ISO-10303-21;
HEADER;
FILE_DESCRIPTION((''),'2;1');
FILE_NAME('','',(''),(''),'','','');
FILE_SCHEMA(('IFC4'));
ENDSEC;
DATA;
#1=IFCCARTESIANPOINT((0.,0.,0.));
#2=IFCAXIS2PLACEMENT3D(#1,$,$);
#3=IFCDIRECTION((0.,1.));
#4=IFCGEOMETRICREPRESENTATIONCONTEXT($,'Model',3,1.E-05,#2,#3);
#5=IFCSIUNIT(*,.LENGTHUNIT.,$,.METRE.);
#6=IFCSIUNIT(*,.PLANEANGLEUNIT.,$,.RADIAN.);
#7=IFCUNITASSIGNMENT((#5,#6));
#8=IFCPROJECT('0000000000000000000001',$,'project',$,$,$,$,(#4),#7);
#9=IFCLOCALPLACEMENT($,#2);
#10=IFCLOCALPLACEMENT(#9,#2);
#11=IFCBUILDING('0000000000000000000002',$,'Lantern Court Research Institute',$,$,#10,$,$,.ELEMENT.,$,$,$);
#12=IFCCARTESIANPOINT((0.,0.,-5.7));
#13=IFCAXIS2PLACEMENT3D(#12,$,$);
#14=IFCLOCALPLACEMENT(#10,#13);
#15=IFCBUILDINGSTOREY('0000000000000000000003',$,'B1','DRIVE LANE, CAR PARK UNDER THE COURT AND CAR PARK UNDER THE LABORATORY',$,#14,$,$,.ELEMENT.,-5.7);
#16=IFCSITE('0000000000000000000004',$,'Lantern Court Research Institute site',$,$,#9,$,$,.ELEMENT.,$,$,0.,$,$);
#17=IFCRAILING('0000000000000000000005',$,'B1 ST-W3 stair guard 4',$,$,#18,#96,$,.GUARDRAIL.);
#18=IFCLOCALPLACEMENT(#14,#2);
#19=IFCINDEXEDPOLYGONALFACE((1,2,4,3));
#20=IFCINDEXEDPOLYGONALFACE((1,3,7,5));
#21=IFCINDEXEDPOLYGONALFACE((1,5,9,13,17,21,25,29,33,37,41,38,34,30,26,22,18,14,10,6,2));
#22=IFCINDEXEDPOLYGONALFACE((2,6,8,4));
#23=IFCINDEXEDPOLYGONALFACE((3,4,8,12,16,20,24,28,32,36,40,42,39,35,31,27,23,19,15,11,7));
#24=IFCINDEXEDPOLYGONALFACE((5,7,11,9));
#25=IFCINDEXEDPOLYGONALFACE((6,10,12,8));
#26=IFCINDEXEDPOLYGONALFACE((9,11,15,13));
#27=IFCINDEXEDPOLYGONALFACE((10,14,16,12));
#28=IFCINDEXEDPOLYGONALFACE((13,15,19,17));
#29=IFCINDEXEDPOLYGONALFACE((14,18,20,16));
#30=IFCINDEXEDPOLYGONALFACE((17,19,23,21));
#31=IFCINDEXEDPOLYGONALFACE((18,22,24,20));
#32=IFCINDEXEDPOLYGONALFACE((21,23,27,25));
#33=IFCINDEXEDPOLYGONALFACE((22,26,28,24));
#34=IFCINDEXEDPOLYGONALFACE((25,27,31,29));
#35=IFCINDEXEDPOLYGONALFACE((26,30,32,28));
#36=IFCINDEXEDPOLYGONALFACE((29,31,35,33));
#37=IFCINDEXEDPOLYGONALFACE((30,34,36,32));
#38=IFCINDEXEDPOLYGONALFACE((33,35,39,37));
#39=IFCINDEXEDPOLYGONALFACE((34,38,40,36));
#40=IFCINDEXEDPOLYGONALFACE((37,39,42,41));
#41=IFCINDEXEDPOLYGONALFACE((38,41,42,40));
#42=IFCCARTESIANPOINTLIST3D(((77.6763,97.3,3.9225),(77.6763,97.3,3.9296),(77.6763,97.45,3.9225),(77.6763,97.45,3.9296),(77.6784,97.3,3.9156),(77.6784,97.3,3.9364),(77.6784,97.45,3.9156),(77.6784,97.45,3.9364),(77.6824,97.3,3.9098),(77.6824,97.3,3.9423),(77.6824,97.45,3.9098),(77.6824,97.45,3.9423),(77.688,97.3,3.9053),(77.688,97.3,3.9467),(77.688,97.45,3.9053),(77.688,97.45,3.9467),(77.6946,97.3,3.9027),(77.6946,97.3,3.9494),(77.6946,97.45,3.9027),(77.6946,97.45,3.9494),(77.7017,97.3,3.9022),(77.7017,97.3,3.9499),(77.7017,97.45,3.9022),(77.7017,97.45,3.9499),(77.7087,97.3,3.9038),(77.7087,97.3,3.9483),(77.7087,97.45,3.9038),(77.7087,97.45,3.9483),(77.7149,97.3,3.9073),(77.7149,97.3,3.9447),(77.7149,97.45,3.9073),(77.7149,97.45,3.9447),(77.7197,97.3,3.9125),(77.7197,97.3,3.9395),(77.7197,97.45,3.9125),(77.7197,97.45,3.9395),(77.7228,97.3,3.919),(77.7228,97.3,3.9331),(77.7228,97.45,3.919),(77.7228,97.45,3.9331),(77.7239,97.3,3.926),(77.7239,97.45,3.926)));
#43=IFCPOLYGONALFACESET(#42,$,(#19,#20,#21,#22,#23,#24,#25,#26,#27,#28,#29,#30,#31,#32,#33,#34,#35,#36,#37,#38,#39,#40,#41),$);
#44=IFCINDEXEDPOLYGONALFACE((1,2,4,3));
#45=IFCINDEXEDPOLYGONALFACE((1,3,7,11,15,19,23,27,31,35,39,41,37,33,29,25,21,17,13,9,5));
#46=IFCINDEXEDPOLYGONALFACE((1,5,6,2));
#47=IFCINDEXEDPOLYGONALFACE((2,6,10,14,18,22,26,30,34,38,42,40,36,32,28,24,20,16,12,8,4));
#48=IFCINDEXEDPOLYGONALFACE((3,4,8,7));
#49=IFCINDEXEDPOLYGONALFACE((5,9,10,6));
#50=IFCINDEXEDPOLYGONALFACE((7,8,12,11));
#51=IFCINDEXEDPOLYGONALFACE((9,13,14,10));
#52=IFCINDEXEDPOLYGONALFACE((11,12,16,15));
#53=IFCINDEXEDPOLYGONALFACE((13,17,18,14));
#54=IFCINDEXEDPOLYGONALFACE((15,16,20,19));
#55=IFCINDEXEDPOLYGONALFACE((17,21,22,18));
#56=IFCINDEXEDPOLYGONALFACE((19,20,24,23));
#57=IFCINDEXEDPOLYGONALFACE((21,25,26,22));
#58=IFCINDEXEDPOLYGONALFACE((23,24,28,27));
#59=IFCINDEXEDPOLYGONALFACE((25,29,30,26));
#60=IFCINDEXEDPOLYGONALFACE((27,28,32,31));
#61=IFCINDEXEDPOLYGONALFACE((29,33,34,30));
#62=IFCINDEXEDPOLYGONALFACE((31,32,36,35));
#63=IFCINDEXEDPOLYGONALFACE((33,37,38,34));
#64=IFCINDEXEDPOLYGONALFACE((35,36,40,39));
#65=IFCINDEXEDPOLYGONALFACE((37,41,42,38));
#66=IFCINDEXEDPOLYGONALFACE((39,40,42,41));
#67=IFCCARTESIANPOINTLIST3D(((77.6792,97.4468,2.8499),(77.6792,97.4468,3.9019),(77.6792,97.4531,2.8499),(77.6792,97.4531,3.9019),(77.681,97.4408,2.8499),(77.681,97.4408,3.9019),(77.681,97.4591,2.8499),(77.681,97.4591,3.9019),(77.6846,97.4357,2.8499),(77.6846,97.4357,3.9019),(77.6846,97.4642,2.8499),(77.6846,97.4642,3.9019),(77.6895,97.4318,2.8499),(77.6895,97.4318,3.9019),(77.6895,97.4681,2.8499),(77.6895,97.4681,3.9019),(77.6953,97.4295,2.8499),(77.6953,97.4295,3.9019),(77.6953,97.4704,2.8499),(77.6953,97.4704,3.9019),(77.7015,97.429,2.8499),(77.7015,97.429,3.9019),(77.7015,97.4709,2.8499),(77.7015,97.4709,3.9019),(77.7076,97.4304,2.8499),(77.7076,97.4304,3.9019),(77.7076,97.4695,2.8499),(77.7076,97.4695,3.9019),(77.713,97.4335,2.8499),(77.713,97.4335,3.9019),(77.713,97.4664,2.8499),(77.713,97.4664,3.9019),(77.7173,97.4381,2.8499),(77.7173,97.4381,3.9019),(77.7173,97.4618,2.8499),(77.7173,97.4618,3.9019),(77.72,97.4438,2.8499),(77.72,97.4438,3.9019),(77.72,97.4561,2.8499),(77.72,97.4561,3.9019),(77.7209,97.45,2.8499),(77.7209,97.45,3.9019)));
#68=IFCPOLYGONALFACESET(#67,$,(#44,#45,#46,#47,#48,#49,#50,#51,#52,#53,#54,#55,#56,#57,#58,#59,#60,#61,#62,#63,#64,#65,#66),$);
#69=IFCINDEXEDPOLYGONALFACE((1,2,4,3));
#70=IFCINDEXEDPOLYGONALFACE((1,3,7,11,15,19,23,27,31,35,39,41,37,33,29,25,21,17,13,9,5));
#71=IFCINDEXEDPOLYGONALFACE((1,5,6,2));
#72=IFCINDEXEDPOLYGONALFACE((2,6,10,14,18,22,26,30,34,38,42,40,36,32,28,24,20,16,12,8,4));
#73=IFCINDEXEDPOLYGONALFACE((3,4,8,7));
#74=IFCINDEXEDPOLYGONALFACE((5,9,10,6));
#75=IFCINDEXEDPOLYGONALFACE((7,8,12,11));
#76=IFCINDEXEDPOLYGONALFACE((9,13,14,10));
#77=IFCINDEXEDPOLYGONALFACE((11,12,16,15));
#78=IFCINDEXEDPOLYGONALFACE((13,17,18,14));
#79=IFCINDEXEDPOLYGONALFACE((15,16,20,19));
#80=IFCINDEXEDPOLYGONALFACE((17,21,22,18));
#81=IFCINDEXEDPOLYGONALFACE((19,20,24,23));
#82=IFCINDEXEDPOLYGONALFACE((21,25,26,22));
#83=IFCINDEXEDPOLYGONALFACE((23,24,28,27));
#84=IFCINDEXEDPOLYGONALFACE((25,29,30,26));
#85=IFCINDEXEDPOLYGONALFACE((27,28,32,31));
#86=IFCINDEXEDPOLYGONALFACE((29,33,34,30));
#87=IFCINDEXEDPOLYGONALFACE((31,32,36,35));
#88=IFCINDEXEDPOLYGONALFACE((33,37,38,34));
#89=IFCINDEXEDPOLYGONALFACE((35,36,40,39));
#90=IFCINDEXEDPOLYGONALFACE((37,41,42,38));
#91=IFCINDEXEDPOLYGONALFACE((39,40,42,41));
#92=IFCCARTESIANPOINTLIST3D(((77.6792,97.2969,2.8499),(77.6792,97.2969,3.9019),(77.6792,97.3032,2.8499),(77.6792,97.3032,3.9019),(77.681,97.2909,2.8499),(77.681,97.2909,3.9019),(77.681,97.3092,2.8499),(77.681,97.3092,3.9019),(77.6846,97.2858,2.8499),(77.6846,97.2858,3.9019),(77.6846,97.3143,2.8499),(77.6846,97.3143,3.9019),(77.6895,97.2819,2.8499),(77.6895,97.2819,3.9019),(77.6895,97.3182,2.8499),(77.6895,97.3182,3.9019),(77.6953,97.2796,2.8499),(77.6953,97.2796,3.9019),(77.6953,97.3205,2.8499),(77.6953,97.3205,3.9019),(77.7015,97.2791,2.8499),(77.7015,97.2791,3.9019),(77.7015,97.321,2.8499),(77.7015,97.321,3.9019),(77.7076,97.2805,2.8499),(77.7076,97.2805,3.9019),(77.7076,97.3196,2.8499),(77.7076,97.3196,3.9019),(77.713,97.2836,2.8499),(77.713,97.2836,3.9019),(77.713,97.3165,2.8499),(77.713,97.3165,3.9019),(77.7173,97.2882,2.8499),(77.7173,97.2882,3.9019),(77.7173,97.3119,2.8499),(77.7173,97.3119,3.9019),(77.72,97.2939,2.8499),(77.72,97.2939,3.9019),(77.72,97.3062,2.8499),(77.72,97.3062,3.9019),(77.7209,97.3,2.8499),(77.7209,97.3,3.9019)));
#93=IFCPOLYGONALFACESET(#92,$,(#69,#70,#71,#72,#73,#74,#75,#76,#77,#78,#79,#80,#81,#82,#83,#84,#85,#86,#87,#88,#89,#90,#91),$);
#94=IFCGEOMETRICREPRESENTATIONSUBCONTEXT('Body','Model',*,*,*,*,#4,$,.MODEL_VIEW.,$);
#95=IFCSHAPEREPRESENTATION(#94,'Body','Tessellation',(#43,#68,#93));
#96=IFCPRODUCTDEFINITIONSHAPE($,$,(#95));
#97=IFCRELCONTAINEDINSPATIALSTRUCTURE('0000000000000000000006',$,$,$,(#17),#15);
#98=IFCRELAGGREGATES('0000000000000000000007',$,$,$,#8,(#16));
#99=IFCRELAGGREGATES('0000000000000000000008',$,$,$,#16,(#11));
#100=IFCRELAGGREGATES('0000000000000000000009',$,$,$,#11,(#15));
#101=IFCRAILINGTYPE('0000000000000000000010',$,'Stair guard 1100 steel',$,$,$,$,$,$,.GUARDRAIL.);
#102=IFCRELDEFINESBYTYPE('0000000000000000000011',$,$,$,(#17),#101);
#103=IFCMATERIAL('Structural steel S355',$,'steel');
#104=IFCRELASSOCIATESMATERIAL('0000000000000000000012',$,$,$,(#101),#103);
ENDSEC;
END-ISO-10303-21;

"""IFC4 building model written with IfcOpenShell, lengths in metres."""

from ifc_helpers import new_model, si_unit, direction, frame, origin, origin_2d, place, context, subcontext, project, spatial, circle, extrude, material, type_object, element, save


model = new_model("IFC4")

# Units and contexts
model_context = context("Model", 3, precision=1e-05, world=origin(), true_north=direction((0.0, 1.0)))
body_context = subcontext(model_context, "Body", "Model", "MODEL_VIEW")
ifc_project = project(units=[si_unit("LENGTHUNIT", "METRE"), si_unit("PLANEANGLEUNIT", "RADIAN")], contexts=[model_context])

# Site, building, storey
site_placement = place(None, origin())
site = spatial("IfcSite", under=ifc_project, at=site_placement, Name="Lantern Court Research Institute site", CompositionType="ELEMENT", RefElevation=0.0)
building_placement = place(site_placement, origin())
building = spatial("IfcBuilding", under=site, at=building_placement, Name="Lantern Court Research Institute", CompositionType="ELEMENT")
storey_placement = place(building_placement, frame((0.0, 0.0, -5.7)))
storey = spatial("IfcBuildingStorey", under=building, at=storey_placement, Name="B1", Description="DRIVE LANE, CAR PARK UNDER THE COURT AND CAR PARK UNDER THE LABORATORY", CompositionType="ELEMENT", Elevation=-5.7)

# Railing
ifc_material_1 = material(Name="Structural steel S355", Category="steel")
railing_type_1 = type_object("IfcRailingType", Name="Stair guard 1100 steel", PredefinedType="GUARDRAIL", material=ifc_material_1)
railing_1_placement = place(storey_placement, frame((77.7, 97.45, 2.8499)))
element("IfcRailing", 1, at=railing_1_placement, inside=storey, type_object=railing_type_1, Name="B1 ST-W3 stair guard 4", PredefinedType="GUARDRAIL", context=body_context, shape_type="SweptSolid", body=[
    extrude(circle(Radius=0.0239, at=origin_2d()), frame((0.0, 0.0, 1.0762), z_axis=(0.0, -1.0, 0.0), x_axis=(1.0, 0.0, 0.0)), (0.0, 0.0, 1.0), 0.1499),
    extrude(circle(Radius=0.021, at=origin_2d()), origin(), (0.0, 0.0, 1.0), 1.052),
    extrude(circle(Radius=0.021, at=origin_2d()), frame((0.0, -0.1499, 0.0)), (0.0, 0.0, 1.0), 1.052),
])

save(model, "model.ifc")
